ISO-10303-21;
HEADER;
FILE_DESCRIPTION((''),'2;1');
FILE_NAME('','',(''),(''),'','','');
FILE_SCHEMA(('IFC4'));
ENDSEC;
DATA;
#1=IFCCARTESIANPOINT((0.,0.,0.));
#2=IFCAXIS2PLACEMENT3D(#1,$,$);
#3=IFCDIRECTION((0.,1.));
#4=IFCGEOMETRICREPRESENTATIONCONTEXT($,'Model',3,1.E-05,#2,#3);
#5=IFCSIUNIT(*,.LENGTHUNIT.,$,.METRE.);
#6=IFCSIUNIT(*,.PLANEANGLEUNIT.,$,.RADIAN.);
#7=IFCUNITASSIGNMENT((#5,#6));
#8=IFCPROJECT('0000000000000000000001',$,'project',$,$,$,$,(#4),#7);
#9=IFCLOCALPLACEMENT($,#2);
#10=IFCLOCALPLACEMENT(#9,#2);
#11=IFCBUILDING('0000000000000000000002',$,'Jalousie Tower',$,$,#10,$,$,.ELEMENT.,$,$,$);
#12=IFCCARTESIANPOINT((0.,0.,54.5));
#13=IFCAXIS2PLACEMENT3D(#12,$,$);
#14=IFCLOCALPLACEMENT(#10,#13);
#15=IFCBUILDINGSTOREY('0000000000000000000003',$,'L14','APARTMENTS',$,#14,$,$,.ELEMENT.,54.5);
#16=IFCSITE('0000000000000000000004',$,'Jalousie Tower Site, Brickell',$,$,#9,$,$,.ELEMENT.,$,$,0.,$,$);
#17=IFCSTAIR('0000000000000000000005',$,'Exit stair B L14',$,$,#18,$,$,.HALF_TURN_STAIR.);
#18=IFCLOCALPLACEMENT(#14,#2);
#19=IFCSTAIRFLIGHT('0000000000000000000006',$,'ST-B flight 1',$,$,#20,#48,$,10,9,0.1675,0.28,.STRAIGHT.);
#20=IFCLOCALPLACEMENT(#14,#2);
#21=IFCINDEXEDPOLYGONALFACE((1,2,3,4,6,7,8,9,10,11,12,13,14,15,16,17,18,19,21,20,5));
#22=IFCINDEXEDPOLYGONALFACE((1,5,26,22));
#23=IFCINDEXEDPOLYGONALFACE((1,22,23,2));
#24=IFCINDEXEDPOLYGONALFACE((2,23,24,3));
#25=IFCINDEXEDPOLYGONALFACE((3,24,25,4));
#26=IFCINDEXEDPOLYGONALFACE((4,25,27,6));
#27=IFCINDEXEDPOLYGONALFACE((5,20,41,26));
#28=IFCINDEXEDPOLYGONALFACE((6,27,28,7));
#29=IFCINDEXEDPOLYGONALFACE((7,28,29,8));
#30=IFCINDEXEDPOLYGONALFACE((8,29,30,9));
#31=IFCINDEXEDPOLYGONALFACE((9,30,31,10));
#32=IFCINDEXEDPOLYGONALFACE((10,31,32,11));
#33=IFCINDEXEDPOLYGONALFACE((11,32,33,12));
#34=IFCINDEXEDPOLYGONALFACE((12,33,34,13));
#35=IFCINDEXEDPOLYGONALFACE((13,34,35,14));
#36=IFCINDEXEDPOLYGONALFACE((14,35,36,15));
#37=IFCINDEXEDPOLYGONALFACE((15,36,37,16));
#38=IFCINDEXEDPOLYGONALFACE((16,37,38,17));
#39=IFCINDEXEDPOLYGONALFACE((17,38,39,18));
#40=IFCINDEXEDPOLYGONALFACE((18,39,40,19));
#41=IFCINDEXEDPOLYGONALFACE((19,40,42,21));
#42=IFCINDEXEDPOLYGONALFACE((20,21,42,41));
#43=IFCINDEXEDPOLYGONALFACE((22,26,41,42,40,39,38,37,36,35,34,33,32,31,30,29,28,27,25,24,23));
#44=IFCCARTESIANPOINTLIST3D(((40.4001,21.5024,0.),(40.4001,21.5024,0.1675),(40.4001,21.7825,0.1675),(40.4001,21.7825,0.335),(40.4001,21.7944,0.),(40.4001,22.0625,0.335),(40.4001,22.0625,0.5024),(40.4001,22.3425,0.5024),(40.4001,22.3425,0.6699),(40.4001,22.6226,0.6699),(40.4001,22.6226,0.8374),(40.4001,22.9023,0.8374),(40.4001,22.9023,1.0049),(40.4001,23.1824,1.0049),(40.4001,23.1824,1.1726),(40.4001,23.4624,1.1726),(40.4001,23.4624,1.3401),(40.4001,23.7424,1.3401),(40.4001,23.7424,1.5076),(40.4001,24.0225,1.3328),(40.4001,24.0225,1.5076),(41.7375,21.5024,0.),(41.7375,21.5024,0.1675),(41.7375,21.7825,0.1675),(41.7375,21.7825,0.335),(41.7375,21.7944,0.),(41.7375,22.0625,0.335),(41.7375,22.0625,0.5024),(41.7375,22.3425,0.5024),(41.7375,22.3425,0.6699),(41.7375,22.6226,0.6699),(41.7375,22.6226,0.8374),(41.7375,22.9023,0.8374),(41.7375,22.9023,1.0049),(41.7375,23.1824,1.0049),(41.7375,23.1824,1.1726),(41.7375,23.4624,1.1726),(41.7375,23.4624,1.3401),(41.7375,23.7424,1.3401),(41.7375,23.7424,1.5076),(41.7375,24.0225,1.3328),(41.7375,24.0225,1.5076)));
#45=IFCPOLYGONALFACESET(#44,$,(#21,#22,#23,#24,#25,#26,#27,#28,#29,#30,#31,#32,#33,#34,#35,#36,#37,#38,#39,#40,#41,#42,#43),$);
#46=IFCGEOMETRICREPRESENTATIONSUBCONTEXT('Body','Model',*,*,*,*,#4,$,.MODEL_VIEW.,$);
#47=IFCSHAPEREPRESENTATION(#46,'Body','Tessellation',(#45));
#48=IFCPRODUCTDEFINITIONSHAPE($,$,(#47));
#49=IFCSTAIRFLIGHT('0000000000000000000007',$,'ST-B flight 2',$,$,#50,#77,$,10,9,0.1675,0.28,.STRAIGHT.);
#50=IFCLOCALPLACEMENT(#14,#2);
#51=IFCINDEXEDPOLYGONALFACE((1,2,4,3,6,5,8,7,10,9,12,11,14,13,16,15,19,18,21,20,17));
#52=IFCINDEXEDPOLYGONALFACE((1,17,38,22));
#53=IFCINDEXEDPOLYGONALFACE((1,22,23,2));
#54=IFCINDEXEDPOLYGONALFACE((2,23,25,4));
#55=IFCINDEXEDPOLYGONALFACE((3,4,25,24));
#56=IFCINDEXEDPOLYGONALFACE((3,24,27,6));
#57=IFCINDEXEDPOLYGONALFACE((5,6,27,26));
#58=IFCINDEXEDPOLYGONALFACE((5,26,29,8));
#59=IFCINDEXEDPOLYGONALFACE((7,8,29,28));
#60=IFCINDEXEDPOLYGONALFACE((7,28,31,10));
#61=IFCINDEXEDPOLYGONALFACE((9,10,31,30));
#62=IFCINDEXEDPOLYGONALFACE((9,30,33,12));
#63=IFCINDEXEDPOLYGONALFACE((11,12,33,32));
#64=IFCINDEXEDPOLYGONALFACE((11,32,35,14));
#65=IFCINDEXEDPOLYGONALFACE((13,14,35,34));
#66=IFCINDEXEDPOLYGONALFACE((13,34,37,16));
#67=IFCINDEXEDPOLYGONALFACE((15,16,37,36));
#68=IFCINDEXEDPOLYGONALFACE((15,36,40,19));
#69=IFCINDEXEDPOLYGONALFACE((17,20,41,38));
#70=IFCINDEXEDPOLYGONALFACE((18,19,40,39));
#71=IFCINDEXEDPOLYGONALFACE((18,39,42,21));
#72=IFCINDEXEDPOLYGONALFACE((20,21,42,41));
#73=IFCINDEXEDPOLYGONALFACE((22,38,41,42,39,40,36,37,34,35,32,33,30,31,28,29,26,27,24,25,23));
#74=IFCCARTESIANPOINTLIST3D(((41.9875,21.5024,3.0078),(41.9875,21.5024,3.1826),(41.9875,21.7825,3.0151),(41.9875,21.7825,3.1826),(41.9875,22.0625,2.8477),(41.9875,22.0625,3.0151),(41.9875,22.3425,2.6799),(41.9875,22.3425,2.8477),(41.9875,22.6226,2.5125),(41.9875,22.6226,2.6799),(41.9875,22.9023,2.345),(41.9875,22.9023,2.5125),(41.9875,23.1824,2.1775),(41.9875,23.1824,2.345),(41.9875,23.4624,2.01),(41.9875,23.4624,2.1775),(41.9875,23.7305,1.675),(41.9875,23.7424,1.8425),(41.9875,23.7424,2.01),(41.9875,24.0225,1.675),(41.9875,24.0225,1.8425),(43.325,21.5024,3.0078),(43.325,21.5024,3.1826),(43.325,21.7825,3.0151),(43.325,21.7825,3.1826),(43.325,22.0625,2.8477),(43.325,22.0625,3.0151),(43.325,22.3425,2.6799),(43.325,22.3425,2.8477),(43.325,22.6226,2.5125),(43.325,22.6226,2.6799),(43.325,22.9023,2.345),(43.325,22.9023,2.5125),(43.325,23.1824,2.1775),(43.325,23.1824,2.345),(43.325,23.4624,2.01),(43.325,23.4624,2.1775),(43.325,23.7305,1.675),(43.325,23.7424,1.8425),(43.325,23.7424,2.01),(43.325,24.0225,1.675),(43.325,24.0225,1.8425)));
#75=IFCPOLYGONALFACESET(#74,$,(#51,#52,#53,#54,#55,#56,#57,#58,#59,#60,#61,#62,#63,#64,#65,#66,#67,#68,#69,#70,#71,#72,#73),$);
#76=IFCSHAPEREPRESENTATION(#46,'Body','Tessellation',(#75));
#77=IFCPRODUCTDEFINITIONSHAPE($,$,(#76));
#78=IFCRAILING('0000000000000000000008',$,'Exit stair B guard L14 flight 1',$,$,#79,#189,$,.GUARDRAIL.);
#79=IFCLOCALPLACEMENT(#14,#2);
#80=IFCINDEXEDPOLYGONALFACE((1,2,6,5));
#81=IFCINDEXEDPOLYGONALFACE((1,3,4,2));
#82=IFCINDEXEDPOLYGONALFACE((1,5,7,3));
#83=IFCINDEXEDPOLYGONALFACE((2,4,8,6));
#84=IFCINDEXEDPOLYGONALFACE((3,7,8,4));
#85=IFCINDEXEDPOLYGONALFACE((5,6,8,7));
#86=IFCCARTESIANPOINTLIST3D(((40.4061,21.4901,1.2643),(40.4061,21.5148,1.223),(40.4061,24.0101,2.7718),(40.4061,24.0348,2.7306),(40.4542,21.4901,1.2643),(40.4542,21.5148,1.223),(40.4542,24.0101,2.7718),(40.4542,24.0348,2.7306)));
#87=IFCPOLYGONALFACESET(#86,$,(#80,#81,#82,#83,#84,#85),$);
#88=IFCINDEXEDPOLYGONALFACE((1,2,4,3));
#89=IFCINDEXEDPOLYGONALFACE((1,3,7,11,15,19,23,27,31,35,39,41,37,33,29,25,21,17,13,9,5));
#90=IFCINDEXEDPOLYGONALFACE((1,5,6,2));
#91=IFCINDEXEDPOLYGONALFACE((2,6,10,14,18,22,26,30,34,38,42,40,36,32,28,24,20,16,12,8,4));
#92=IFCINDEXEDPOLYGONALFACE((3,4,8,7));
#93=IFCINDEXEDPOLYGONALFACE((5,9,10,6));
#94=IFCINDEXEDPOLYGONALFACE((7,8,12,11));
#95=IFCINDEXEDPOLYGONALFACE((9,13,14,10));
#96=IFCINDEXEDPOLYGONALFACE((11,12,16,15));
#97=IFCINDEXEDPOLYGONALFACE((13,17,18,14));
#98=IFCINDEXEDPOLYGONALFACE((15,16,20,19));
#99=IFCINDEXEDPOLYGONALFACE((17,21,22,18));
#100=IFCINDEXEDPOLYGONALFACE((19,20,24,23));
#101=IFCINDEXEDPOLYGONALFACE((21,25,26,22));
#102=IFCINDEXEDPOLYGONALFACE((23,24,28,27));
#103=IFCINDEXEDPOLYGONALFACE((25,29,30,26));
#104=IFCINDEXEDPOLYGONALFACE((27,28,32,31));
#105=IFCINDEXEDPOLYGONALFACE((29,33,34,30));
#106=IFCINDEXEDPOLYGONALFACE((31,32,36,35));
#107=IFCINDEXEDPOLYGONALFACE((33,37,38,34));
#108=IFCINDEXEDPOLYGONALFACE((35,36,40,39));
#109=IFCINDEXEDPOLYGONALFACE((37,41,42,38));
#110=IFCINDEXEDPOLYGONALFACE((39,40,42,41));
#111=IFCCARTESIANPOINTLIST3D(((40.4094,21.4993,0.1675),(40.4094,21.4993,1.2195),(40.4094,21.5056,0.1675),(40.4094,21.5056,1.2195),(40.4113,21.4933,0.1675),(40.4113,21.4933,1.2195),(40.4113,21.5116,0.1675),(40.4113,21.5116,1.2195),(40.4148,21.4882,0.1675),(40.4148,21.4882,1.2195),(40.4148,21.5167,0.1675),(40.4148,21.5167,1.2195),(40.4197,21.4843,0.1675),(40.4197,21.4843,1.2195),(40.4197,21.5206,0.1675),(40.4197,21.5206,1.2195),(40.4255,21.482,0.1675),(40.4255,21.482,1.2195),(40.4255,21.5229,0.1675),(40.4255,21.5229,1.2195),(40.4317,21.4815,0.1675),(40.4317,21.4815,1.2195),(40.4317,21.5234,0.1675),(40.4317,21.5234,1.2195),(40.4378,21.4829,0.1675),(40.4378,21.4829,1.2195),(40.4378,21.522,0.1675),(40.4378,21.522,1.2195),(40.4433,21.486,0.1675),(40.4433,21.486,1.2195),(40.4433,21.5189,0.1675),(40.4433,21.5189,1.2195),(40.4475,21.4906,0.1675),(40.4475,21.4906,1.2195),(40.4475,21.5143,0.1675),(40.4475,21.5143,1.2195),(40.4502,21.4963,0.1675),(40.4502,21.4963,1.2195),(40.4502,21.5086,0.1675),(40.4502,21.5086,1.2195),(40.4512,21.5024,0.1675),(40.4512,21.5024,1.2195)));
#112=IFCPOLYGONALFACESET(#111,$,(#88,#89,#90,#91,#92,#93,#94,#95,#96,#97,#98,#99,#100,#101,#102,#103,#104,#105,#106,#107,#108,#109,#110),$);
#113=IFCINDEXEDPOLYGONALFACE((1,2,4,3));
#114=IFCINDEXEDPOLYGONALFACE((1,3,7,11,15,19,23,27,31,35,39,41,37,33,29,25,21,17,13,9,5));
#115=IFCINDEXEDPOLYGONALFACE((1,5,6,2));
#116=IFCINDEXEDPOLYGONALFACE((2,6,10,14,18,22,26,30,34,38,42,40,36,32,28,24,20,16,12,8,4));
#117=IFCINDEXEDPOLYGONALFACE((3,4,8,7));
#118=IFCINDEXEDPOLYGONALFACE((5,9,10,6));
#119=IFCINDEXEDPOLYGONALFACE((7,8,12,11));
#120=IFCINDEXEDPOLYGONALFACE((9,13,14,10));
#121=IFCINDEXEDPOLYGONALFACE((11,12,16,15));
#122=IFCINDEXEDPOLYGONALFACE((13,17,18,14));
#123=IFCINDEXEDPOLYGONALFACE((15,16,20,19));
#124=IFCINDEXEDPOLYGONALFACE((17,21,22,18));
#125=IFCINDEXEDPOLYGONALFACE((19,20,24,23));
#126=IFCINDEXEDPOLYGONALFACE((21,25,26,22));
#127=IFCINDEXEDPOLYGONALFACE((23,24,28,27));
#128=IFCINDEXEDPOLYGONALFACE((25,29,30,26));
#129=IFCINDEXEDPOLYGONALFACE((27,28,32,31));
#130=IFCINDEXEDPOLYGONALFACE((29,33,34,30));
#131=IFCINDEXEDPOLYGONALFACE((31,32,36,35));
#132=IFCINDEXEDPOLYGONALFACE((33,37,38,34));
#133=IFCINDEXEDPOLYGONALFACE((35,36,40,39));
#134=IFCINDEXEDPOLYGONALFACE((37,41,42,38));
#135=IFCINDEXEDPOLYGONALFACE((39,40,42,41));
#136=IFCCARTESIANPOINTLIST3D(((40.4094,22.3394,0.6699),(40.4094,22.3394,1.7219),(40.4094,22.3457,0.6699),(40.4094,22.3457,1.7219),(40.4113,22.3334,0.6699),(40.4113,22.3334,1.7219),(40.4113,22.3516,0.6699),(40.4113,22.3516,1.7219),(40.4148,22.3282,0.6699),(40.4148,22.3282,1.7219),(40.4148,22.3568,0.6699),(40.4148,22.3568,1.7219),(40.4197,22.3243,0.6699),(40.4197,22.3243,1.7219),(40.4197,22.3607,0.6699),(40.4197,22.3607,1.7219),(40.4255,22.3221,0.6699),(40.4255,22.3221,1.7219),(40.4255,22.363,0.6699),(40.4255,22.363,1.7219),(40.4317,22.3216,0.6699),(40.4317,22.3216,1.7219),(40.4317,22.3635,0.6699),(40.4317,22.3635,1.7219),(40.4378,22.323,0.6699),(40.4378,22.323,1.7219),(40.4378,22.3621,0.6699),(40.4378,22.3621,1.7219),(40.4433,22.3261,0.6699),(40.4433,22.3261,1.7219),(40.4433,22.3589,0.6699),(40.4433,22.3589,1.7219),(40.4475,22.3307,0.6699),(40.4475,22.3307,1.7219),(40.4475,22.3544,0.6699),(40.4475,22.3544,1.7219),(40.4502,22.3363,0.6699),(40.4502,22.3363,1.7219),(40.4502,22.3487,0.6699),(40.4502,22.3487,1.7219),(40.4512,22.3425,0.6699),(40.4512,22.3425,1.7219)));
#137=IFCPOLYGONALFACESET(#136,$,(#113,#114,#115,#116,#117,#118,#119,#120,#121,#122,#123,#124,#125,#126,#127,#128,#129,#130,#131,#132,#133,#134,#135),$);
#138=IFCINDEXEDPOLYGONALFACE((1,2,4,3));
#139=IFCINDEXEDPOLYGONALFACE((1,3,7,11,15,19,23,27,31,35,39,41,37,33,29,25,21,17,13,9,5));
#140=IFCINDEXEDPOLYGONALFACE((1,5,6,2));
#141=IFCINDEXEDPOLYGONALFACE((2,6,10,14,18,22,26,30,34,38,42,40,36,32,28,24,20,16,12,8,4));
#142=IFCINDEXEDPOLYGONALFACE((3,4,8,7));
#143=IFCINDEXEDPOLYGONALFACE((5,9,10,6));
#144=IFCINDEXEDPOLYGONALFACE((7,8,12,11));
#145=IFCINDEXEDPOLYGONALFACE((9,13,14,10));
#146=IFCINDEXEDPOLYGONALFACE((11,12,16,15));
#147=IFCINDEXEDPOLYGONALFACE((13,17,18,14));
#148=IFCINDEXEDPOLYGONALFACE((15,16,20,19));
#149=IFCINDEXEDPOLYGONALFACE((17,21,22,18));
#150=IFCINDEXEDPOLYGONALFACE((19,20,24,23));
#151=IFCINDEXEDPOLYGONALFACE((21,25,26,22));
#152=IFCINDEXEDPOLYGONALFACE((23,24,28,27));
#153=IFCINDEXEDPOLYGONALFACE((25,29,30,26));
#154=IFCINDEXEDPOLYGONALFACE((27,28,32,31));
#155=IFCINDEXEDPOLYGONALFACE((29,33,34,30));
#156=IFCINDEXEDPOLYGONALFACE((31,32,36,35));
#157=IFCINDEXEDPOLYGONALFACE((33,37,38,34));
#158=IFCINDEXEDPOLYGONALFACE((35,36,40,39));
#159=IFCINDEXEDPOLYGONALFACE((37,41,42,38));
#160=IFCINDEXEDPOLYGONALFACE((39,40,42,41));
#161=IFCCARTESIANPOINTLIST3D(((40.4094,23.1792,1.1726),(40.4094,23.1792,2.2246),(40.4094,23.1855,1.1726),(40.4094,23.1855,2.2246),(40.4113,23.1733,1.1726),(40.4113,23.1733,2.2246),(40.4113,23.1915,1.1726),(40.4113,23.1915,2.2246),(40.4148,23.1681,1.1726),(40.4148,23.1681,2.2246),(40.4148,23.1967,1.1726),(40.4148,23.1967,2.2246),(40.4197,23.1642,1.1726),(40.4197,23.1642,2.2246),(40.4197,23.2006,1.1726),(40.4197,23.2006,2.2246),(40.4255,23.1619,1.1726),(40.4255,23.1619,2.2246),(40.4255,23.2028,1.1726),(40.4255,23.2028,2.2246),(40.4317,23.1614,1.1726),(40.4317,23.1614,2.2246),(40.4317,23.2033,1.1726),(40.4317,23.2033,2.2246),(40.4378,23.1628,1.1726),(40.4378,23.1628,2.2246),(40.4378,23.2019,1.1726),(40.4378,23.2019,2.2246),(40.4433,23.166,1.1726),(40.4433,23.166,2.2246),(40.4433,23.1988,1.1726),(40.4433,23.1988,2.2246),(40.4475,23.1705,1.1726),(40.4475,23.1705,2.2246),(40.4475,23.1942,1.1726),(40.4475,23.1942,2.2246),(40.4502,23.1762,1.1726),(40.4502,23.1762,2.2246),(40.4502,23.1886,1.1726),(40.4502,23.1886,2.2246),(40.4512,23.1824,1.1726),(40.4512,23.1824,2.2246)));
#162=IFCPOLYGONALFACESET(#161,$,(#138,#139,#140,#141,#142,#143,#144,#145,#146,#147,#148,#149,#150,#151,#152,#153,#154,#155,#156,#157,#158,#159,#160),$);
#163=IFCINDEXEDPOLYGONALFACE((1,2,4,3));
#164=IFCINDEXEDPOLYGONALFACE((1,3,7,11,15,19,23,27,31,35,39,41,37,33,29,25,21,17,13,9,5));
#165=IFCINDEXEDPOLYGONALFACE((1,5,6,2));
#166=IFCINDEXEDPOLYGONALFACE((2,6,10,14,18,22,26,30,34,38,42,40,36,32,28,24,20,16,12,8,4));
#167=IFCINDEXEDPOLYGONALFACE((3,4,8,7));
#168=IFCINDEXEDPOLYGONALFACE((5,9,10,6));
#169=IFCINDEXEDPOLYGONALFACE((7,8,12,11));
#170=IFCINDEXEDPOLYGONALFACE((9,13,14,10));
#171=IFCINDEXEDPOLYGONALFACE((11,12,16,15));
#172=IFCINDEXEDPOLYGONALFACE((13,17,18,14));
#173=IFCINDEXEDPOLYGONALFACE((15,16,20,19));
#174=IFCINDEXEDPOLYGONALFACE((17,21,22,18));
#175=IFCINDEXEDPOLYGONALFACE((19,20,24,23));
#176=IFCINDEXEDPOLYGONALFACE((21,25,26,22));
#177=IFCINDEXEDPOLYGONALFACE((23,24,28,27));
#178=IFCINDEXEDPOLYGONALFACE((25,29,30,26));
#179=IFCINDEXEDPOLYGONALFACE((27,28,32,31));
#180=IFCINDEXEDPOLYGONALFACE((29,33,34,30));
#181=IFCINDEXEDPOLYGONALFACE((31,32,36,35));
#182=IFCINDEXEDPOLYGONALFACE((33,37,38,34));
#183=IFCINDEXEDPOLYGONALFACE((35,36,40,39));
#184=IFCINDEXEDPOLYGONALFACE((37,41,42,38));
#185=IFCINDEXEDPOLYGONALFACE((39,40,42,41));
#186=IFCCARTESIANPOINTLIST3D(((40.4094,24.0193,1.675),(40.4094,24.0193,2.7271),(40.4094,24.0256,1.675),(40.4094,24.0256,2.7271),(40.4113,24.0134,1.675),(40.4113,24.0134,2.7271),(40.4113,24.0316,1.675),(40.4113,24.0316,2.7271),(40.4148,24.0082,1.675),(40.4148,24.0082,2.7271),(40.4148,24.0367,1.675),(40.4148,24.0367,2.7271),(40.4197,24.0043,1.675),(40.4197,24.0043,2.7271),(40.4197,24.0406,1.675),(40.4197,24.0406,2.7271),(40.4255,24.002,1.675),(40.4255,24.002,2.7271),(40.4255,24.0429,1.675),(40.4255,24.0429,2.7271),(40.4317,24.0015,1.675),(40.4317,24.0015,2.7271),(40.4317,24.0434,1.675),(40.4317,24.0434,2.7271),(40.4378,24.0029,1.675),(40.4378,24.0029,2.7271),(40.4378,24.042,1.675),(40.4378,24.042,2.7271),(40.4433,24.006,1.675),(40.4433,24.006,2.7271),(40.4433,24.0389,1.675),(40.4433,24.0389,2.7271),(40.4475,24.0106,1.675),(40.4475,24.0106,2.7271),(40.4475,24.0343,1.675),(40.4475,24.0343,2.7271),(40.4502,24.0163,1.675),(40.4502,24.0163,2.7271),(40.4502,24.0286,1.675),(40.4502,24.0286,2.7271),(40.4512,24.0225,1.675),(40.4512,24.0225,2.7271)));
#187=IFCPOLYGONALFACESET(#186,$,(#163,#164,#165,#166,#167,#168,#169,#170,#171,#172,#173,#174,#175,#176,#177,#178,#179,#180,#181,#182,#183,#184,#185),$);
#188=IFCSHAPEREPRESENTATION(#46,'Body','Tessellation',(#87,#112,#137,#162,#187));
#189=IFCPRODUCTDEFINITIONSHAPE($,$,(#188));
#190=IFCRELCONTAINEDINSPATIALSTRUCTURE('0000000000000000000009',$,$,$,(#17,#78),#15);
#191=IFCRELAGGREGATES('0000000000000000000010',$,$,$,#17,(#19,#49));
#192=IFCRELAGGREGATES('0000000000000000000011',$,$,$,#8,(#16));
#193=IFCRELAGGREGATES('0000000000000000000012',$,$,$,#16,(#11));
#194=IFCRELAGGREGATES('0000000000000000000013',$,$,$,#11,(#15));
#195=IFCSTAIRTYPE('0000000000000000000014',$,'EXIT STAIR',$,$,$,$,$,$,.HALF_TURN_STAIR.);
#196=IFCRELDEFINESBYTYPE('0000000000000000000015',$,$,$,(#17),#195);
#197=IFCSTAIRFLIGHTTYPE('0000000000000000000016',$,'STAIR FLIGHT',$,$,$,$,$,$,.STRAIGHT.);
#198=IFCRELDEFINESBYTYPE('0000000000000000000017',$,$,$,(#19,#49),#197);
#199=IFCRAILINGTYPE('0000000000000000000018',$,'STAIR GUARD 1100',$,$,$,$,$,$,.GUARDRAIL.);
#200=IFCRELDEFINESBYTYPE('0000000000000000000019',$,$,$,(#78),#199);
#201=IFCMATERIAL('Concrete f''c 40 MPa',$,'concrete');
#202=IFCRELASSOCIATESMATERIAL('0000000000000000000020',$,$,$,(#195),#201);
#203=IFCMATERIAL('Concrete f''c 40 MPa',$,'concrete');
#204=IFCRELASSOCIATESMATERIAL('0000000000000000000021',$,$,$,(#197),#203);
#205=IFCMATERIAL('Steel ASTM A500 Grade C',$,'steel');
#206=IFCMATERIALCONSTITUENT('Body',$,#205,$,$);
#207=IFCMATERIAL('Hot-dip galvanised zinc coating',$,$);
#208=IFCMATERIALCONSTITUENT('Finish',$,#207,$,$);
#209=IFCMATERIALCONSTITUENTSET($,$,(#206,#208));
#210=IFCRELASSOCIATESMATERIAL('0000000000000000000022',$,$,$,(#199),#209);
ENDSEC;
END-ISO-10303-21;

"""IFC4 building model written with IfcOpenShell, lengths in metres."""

from ifc_helpers import new_model, si_unit, direction, frame, origin, origin_2d, place, context, subcontext, project, spatial, polyline, rectangle, circle, outline, extrude, material, constituent, constituent_set, type_object, element, aggregate, save


model = new_model("IFC4")

# Units and contexts
model_context = context("Model", 3, precision=1e-05, world=origin(), true_north=direction((0.0, 1.0)))
body_context = subcontext(model_context, "Body", "Model", "MODEL_VIEW")
ifc_project = project(units=[si_unit("LENGTHUNIT", "METRE"), si_unit("PLANEANGLEUNIT", "RADIAN")], contexts=[model_context])

# Site, building, storey
site_placement = place(None, origin())
site = spatial("IfcSite", under=ifc_project, at=site_placement, Name="Jalousie Tower Site, Brickell", CompositionType="ELEMENT", RefElevation=0.0)
building_placement = place(site_placement, origin())
building = spatial("IfcBuilding", under=site, at=building_placement, Name="Jalousie Tower", CompositionType="ELEMENT")
storey_placement = place(building_placement, frame((0.0, 0.0, 54.5)))
storey = spatial("IfcBuildingStorey", under=building, at=storey_placement, Name="L14", Description="APARTMENTS", CompositionType="ELEMENT", Elevation=54.5)

# Stair, stair flights
ifc_material_1 = material(Name="Concrete f'c 40 MPa", Category="concrete")
stair_type = type_object("IfcStairType", Name="EXIT STAIR", PredefinedType="HALF_TURN_STAIR", material=ifc_material_1)
stair_placement = place(storey_placement, origin())
stair = element("IfcStair", 1, at=stair_placement, inside=storey, type_object=stair_type, Name="Exit stair B L14", PredefinedType="HALF_TURN_STAIR")
ifc_material_2 = material(Name="Concrete f'c 40 MPa", Category="concrete")
stair_flight_type = type_object("IfcStairFlightType", Name="STAIR FLIGHT", PredefinedType="STRAIGHT", material=ifc_material_2)
stair_flight_1_placement = place(storey_placement, frame((41.0688, 21.5024, 0.0), z_axis=(0.0, 0.0, 1.0), x_axis=(0.0, 1.0, 0.0)))
stair_flight_1 = element("IfcStairFlight", 2, at=stair_flight_1_placement, type_object=stair_flight_type, Name="ST-B flight 1", NumberOfRisers=10, NumberOfTreads=9, PredefinedType="STRAIGHT", RiserHeight=0.1675, TreadLength=0.28, context=body_context, shape_type="SweptSolid", body=[
    extrude(outline(polyline([(0.0, 0.0), (0.0, 0.1675), (0.28, 0.1675), (0.28, 0.335), (0.5601, 0.335), (0.5601, 0.5024), (0.8401, 0.5024), (0.8401, 0.6699), (1.1201, 0.6699), (1.1201, 0.8374), (1.3999, 0.8374), (1.3999, 1.0049), (1.6799, 1.0049), (1.6799, 1.1726), (1.96, 1.1726), (1.96, 1.3401), (2.24, 1.3401), (2.24, 1.5076), (2.52, 1.5076), (2.52, 1.675), (2.52, 1.3328), (0.292, 0.0), (0.0, 0.0)])), frame((0.0, 0.6687, 0.0), z_axis=(0.0, -1.0, 0.0), x_axis=(1.0, 0.0, 0.0)), (0.0, 0.0, 1.0), 1.3374),
])
stair_flight_2_placement = place(storey_placement, frame((42.6562, 24.0225, 1.675), z_axis=(0.0, 0.0, 1.0), x_axis=(0.0, -1.0, 0.0)))
stair_flight_2 = element("IfcStairFlight", 3, at=stair_flight_2_placement, type_object=stair_flight_type, Name="ST-B flight 2", NumberOfRisers=10, NumberOfTreads=9, PredefinedType="STRAIGHT", RiserHeight=0.1675, TreadLength=0.28, context=body_context, shape_type="SweptSolid", body=[
    extrude(outline(polyline([(0.0, 0.0), (0.0, 0.1675), (0.28, 0.1675), (0.28, 0.335), (0.5601, 0.335), (0.5601, 0.5024), (0.8401, 0.5024), (0.8401, 0.6699), (1.1201, 0.6699), (1.1201, 0.8374), (1.3999, 0.8374), (1.3999, 1.0049), (1.6799, 1.0049), (1.6799, 1.1726), (1.96, 1.1726), (1.96, 1.3401), (2.24, 1.3401), (2.24, 1.5076), (2.52, 1.5076), (2.52, 1.675), (2.52, 1.3328), (0.292, 0.0), (0.0, 0.0)])), frame((0.0, 0.6687, 0.0), z_axis=(0.0, -1.0, 0.0), x_axis=(1.0, 0.0, 0.0)), (0.0, 0.0, 1.0), 1.3374),
])
aggregate(stair, [stair_flight_1, stair_flight_2])

# Railing
ifc_material_3 = material(Name="Steel ASTM A500 Grade C", Category="steel")
ifc_constituent_1 = constituent(ifc_material_3, Name="Body")
ifc_material_4 = material(Name="Hot-dip galvanised zinc coating")
ifc_constituent_2 = constituent(ifc_material_4, Name="Finish")
ifc_constituent_set_1 = constituent_set(constituents=[ifc_constituent_1, ifc_constituent_2])
railing_type_1 = type_object("IfcRailingType", Name="STAIR GUARD 1100", PredefinedType="GUARDRAIL", material=ifc_constituent_set_1)
railing_1_placement = place(storey_placement, frame((40.4302, 21.5024, 0.1675)))
element("IfcRailing", 4, at=railing_1_placement, inside=storey, type_object=railing_type_1, Name="Exit stair B guard L14 flight 1", PredefinedType="GUARDRAIL", context=body_context, shape_type="SweptSolid", body=[
    extrude(rectangle(XDim=0.0481, YDim=0.0481, at=origin_2d()), frame((0.0, 0.0, 1.0762), z_axis=(0.0, 0.85816, 0.513383), x_axis=(-1.0, 0.0, 0.0)), (0.0, 0.0, 1.0), 2.9365),
    extrude(circle(Radius=0.021, at=origin_2d()), origin(), (0.0, 0.0, 1.0), 1.052),
    extrude(circle(Radius=0.021, at=origin_2d()), frame((0.0, 0.8401, 0.5024)), (0.0, 0.0, 1.0), 1.052),
    extrude(circle(Radius=0.021, at=origin_2d()), frame((0.0, 1.6799, 1.0051)), (0.0, 0.0, 1.0), 1.052),
    extrude(circle(Radius=0.021, at=origin_2d()), frame((0.0, 2.52, 1.5076)), (0.0, 0.0, 1.0), 1.052),
])

save(model, "model.ifc")
